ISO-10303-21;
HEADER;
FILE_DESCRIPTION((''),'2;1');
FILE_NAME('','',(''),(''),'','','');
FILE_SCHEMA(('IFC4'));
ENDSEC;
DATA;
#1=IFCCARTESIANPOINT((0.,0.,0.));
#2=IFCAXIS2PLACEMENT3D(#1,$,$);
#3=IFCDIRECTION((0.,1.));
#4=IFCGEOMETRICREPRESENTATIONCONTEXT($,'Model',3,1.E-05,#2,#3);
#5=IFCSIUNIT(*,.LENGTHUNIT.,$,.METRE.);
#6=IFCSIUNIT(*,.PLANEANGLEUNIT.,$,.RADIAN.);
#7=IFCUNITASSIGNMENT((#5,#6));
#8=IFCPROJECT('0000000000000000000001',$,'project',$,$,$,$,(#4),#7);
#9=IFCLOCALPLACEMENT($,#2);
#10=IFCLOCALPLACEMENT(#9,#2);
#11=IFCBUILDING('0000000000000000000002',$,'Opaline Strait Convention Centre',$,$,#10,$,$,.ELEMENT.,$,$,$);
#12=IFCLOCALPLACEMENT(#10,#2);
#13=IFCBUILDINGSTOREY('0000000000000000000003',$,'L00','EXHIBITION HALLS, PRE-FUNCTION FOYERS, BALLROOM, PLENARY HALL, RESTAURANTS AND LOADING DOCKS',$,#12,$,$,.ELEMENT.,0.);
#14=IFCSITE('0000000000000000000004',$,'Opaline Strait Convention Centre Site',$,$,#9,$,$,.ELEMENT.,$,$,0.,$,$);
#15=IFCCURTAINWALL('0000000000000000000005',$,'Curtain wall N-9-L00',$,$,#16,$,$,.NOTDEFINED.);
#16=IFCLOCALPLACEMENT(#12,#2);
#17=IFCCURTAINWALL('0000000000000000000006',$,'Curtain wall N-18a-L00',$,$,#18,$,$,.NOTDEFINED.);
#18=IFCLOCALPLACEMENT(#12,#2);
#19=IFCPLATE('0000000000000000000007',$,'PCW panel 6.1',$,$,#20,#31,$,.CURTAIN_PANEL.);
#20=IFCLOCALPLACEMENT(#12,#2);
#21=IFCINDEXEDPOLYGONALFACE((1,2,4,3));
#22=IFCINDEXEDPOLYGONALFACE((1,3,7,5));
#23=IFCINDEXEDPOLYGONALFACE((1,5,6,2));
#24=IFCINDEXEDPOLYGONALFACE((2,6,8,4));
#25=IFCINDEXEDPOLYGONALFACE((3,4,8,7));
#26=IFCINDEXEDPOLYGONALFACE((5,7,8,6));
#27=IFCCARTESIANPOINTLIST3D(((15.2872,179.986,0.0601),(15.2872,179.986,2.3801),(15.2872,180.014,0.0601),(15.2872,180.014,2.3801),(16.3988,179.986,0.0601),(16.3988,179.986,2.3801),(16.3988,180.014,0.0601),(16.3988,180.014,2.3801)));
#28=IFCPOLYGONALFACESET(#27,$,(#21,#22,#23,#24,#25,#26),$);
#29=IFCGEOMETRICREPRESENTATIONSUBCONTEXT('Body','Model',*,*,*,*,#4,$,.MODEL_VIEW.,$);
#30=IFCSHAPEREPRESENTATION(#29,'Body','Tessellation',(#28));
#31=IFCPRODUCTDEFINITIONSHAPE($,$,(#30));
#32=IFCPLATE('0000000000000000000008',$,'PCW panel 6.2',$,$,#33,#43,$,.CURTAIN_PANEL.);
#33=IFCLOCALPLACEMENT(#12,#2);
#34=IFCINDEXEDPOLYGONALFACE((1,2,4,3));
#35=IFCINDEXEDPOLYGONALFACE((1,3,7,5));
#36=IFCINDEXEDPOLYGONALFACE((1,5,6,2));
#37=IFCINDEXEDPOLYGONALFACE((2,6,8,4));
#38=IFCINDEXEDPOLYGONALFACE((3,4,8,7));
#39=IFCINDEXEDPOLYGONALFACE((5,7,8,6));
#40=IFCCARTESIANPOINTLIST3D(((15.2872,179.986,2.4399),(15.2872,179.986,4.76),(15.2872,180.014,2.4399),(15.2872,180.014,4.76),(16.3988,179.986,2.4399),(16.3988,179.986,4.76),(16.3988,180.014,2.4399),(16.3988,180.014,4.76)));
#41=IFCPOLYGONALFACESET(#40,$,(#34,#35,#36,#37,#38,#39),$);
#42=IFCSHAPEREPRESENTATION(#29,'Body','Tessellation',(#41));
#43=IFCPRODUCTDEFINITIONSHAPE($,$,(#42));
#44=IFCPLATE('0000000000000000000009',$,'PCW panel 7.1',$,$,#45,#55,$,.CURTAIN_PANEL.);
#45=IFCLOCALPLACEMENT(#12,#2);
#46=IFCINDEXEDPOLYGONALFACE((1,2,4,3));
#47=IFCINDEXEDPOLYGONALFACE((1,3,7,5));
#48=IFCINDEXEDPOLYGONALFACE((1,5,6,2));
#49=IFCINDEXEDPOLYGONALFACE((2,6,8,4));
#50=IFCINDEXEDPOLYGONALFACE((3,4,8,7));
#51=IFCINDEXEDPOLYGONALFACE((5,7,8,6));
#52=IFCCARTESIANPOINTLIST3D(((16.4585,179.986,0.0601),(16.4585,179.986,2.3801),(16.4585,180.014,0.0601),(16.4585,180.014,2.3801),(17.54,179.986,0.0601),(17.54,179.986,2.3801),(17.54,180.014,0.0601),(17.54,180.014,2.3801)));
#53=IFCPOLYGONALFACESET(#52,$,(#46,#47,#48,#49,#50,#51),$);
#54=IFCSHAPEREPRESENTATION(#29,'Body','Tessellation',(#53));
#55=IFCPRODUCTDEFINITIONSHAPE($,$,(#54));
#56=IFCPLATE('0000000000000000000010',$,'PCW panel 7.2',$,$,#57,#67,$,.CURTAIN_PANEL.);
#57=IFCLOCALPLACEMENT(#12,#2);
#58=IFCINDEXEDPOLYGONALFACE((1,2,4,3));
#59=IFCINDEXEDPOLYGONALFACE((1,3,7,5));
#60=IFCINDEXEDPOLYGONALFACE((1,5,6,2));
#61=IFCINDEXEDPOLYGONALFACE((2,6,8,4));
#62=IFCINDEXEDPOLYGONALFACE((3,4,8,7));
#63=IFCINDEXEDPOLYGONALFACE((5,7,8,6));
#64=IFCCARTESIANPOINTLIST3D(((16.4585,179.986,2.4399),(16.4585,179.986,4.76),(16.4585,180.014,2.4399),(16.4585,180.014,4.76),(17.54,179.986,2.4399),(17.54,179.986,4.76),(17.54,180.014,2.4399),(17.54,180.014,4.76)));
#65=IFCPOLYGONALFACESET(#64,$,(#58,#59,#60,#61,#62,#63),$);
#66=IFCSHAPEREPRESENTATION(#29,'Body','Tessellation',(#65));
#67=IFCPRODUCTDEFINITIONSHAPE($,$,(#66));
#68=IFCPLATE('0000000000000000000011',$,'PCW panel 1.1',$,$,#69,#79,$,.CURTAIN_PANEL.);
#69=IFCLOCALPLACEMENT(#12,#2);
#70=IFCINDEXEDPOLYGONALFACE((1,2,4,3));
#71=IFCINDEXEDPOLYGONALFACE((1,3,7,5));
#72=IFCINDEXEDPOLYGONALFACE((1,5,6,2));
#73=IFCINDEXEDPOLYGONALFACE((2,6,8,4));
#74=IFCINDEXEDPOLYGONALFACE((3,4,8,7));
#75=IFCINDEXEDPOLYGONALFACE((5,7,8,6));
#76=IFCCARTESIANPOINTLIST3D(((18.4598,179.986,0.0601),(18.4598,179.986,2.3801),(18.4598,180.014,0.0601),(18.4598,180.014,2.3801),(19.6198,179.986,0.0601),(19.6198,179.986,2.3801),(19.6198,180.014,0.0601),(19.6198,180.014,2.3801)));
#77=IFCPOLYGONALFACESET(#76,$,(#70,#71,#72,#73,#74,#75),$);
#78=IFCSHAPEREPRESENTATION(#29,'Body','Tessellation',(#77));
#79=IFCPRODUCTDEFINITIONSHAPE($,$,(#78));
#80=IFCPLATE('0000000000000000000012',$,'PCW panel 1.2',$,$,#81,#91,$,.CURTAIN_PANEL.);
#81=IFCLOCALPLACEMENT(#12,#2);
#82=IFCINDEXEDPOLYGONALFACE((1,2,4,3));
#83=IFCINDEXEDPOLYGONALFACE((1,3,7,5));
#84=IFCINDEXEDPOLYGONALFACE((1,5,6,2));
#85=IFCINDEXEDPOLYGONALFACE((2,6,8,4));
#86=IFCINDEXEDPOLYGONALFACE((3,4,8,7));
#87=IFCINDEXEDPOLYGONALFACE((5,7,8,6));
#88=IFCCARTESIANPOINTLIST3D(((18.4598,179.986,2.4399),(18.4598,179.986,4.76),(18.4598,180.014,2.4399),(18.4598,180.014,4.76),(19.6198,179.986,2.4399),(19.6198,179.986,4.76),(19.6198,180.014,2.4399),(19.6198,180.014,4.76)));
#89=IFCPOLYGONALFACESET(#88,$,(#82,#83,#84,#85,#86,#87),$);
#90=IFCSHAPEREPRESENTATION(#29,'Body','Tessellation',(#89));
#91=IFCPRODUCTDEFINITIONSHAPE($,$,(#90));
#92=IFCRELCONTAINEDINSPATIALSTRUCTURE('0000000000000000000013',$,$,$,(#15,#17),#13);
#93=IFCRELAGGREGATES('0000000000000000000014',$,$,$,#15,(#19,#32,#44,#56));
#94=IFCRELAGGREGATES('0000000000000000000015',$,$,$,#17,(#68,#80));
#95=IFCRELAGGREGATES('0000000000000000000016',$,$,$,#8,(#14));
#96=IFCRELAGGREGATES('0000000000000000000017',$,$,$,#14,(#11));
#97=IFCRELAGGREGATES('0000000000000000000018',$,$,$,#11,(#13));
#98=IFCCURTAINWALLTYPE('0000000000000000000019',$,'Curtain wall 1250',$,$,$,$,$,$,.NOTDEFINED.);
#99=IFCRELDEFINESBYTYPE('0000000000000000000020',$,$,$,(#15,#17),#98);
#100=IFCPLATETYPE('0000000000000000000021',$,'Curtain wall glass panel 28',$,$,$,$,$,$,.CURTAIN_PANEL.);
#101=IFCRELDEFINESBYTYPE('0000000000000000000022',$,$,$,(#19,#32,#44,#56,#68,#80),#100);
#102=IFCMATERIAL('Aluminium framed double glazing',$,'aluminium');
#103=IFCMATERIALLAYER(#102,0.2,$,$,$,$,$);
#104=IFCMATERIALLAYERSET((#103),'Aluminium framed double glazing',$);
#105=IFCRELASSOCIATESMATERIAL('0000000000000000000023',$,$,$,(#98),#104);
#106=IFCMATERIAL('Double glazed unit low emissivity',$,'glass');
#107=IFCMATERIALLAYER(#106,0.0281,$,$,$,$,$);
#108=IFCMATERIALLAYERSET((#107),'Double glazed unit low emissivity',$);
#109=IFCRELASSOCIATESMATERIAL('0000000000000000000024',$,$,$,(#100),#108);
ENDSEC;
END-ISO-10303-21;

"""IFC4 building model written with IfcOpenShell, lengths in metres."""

from ifc_helpers import new_model, si_unit, direction, frame, origin, origin_2d, place, context, subcontext, project, spatial, rectangle, extrude, material, layer, layer_set, type_object, element, aggregate, save


model = new_model("IFC4")

# Units and contexts
model_context = context("Model", 3, precision=1e-05, world=origin(), true_north=direction((0.0, 1.0)))
body_context = subcontext(model_context, "Body", "Model", "MODEL_VIEW")
ifc_project = project(units=[si_unit("LENGTHUNIT", "METRE"), si_unit("PLANEANGLEUNIT", "RADIAN")], contexts=[model_context])

# Site, building, storey
site_placement = place(None, origin())
site = spatial("IfcSite", under=ifc_project, at=site_placement, Name="Opaline Strait Convention Centre Site", CompositionType="ELEMENT", RefElevation=0.0)
building_placement = place(site_placement, origin())
building = spatial("IfcBuilding", under=site, at=building_placement, Name="Opaline Strait Convention Centre", CompositionType="ELEMENT")
storey_placement = place(building_placement, origin())
storey = spatial("IfcBuildingStorey", under=building, at=storey_placement, Name="L00", Description="EXHIBITION HALLS, PRE-FUNCTION FOYERS, BALLROOM, PLENARY HALL, RESTAURANTS AND LOADING DOCKS", CompositionType="ELEMENT", Elevation=0.0)

# Curtain walls
ifc_material_1 = material(Name="Aluminium framed double glazing", Category="aluminium")
ifc_layer_1 = layer(ifc_material_1, 0.2)
ifc_layer_set_1 = layer_set([ifc_layer_1], Name="Aluminium framed double glazing")
curtain_wall_type = type_object("IfcCurtainWallType", Name="Curtain wall 1250", PredefinedType="NOTDEFINED", material=ifc_layer_set_1)
curtain_wall_1_placement = place(storey_placement, origin())
curtain_wall_1 = element("IfcCurtainWall", 1, at=curtain_wall_1_placement, inside=storey, type_object=curtain_wall_type, Name="Curtain wall N-9-L00", PredefinedType="NOTDEFINED")
curtain_wall_2_placement = place(storey_placement, origin())
curtain_wall_2 = element("IfcCurtainWall", 2, at=curtain_wall_2_placement, inside=storey, type_object=curtain_wall_type, Name="Curtain wall N-18a-L00", PredefinedType="NOTDEFINED")

# Plates
ifc_material_2 = material(Name="Double glazed unit low emissivity", Category="glass")
ifc_layer_2 = layer(ifc_material_2, 0.0281)
ifc_layer_set_2 = layer_set([ifc_layer_2], Name="Double glazed unit low emissivity")
plate_type = type_object("IfcPlateType", Name="Curtain wall glass panel 28", PredefinedType="CURTAIN_PANEL", material=ifc_layer_set_2)
plate_1_placement = place(storey_placement, frame((15.843, 180.0, 0.0601), z_axis=(0.0, 0.0, 1.0), x_axis=(1.0, 0.0, 0.0)))
plate_1 = element("IfcPlate", 3, at=plate_1_placement, type_object=plate_type, Name="PCW panel 6.1", PredefinedType="CURTAIN_PANEL", context=body_context, shape_type="SweptSolid", body=[
    extrude(rectangle(XDim=1.1116, YDim=0.0281, at=origin_2d()), origin(), (0.0, 0.0, 1.0), 2.3201),
])
plate_2_placement = place(storey_placement, frame((15.843, 180.0, 2.4399), z_axis=(0.0, 0.0, 1.0), x_axis=(1.0, 0.0, 0.0)))
plate_2 = element("IfcPlate", 4, at=plate_2_placement, type_object=plate_type, Name="PCW panel 6.2", PredefinedType="CURTAIN_PANEL", context=body_context, shape_type="SweptSolid", body=[
    extrude(rectangle(XDim=1.1116, YDim=0.0281, at=origin_2d()), origin(), (0.0, 0.0, 1.0), 2.3201),
])
plate_3_placement = place(storey_placement, frame((16.9993, 180.0, 0.0601), z_axis=(0.0, 0.0, 1.0), x_axis=(1.0, 0.0, 0.0)))
plate_3 = element("IfcPlate", 5, at=plate_3_placement, type_object=plate_type, Name="PCW panel 7.1", PredefinedType="CURTAIN_PANEL", context=body_context, shape_type="SweptSolid", body=[
    extrude(rectangle(XDim=1.0815, YDim=0.0281, at=origin_2d()), origin(), (0.0, 0.0, 1.0), 2.3201),
])
plate_4_placement = place(storey_placement, frame((16.9993, 180.0, 2.4399), z_axis=(0.0, 0.0, 1.0), x_axis=(1.0, 0.0, 0.0)))
plate_4 = element("IfcPlate", 6, at=plate_4_placement, type_object=plate_type, Name="PCW panel 7.2", PredefinedType="CURTAIN_PANEL", context=body_context, shape_type="SweptSolid", body=[
    extrude(rectangle(XDim=1.0815, YDim=0.0281, at=origin_2d()), origin(), (0.0, 0.0, 1.0), 2.3201),
])
aggregate(curtain_wall_1, [plate_1, plate_2, plate_3, plate_4])
plate_5_placement = place(storey_placement, frame((19.0398, 180.0, 0.0601), z_axis=(0.0, 0.0, 1.0), x_axis=(1.0, 0.0, 0.0)))
plate_5 = element("IfcPlate", 7, at=plate_5_placement, type_object=plate_type, Name="PCW panel 1.1", PredefinedType="CURTAIN_PANEL", context=body_context, shape_type="SweptSolid", body=[
    extrude(rectangle(XDim=1.1599, YDim=0.0281, at=origin_2d()), origin(), (0.0, 0.0, 1.0), 2.3201),
])
plate_6_placement = place(storey_placement, frame((19.0398, 180.0, 2.4399), z_axis=(0.0, 0.0, 1.0), x_axis=(1.0, 0.0, 0.0)))
plate_6 = element("IfcPlate", 8, at=plate_6_placement, type_object=plate_type, Name="PCW panel 1.2", PredefinedType="CURTAIN_PANEL", context=body_context, shape_type="SweptSolid", body=[
    extrude(rectangle(XDim=1.1599, YDim=0.0281, at=origin_2d()), origin(), (0.0, 0.0, 1.0), 2.3201),
])
aggregate(curtain_wall_2, [plate_5, plate_6])

save(model, "model.ifc")
